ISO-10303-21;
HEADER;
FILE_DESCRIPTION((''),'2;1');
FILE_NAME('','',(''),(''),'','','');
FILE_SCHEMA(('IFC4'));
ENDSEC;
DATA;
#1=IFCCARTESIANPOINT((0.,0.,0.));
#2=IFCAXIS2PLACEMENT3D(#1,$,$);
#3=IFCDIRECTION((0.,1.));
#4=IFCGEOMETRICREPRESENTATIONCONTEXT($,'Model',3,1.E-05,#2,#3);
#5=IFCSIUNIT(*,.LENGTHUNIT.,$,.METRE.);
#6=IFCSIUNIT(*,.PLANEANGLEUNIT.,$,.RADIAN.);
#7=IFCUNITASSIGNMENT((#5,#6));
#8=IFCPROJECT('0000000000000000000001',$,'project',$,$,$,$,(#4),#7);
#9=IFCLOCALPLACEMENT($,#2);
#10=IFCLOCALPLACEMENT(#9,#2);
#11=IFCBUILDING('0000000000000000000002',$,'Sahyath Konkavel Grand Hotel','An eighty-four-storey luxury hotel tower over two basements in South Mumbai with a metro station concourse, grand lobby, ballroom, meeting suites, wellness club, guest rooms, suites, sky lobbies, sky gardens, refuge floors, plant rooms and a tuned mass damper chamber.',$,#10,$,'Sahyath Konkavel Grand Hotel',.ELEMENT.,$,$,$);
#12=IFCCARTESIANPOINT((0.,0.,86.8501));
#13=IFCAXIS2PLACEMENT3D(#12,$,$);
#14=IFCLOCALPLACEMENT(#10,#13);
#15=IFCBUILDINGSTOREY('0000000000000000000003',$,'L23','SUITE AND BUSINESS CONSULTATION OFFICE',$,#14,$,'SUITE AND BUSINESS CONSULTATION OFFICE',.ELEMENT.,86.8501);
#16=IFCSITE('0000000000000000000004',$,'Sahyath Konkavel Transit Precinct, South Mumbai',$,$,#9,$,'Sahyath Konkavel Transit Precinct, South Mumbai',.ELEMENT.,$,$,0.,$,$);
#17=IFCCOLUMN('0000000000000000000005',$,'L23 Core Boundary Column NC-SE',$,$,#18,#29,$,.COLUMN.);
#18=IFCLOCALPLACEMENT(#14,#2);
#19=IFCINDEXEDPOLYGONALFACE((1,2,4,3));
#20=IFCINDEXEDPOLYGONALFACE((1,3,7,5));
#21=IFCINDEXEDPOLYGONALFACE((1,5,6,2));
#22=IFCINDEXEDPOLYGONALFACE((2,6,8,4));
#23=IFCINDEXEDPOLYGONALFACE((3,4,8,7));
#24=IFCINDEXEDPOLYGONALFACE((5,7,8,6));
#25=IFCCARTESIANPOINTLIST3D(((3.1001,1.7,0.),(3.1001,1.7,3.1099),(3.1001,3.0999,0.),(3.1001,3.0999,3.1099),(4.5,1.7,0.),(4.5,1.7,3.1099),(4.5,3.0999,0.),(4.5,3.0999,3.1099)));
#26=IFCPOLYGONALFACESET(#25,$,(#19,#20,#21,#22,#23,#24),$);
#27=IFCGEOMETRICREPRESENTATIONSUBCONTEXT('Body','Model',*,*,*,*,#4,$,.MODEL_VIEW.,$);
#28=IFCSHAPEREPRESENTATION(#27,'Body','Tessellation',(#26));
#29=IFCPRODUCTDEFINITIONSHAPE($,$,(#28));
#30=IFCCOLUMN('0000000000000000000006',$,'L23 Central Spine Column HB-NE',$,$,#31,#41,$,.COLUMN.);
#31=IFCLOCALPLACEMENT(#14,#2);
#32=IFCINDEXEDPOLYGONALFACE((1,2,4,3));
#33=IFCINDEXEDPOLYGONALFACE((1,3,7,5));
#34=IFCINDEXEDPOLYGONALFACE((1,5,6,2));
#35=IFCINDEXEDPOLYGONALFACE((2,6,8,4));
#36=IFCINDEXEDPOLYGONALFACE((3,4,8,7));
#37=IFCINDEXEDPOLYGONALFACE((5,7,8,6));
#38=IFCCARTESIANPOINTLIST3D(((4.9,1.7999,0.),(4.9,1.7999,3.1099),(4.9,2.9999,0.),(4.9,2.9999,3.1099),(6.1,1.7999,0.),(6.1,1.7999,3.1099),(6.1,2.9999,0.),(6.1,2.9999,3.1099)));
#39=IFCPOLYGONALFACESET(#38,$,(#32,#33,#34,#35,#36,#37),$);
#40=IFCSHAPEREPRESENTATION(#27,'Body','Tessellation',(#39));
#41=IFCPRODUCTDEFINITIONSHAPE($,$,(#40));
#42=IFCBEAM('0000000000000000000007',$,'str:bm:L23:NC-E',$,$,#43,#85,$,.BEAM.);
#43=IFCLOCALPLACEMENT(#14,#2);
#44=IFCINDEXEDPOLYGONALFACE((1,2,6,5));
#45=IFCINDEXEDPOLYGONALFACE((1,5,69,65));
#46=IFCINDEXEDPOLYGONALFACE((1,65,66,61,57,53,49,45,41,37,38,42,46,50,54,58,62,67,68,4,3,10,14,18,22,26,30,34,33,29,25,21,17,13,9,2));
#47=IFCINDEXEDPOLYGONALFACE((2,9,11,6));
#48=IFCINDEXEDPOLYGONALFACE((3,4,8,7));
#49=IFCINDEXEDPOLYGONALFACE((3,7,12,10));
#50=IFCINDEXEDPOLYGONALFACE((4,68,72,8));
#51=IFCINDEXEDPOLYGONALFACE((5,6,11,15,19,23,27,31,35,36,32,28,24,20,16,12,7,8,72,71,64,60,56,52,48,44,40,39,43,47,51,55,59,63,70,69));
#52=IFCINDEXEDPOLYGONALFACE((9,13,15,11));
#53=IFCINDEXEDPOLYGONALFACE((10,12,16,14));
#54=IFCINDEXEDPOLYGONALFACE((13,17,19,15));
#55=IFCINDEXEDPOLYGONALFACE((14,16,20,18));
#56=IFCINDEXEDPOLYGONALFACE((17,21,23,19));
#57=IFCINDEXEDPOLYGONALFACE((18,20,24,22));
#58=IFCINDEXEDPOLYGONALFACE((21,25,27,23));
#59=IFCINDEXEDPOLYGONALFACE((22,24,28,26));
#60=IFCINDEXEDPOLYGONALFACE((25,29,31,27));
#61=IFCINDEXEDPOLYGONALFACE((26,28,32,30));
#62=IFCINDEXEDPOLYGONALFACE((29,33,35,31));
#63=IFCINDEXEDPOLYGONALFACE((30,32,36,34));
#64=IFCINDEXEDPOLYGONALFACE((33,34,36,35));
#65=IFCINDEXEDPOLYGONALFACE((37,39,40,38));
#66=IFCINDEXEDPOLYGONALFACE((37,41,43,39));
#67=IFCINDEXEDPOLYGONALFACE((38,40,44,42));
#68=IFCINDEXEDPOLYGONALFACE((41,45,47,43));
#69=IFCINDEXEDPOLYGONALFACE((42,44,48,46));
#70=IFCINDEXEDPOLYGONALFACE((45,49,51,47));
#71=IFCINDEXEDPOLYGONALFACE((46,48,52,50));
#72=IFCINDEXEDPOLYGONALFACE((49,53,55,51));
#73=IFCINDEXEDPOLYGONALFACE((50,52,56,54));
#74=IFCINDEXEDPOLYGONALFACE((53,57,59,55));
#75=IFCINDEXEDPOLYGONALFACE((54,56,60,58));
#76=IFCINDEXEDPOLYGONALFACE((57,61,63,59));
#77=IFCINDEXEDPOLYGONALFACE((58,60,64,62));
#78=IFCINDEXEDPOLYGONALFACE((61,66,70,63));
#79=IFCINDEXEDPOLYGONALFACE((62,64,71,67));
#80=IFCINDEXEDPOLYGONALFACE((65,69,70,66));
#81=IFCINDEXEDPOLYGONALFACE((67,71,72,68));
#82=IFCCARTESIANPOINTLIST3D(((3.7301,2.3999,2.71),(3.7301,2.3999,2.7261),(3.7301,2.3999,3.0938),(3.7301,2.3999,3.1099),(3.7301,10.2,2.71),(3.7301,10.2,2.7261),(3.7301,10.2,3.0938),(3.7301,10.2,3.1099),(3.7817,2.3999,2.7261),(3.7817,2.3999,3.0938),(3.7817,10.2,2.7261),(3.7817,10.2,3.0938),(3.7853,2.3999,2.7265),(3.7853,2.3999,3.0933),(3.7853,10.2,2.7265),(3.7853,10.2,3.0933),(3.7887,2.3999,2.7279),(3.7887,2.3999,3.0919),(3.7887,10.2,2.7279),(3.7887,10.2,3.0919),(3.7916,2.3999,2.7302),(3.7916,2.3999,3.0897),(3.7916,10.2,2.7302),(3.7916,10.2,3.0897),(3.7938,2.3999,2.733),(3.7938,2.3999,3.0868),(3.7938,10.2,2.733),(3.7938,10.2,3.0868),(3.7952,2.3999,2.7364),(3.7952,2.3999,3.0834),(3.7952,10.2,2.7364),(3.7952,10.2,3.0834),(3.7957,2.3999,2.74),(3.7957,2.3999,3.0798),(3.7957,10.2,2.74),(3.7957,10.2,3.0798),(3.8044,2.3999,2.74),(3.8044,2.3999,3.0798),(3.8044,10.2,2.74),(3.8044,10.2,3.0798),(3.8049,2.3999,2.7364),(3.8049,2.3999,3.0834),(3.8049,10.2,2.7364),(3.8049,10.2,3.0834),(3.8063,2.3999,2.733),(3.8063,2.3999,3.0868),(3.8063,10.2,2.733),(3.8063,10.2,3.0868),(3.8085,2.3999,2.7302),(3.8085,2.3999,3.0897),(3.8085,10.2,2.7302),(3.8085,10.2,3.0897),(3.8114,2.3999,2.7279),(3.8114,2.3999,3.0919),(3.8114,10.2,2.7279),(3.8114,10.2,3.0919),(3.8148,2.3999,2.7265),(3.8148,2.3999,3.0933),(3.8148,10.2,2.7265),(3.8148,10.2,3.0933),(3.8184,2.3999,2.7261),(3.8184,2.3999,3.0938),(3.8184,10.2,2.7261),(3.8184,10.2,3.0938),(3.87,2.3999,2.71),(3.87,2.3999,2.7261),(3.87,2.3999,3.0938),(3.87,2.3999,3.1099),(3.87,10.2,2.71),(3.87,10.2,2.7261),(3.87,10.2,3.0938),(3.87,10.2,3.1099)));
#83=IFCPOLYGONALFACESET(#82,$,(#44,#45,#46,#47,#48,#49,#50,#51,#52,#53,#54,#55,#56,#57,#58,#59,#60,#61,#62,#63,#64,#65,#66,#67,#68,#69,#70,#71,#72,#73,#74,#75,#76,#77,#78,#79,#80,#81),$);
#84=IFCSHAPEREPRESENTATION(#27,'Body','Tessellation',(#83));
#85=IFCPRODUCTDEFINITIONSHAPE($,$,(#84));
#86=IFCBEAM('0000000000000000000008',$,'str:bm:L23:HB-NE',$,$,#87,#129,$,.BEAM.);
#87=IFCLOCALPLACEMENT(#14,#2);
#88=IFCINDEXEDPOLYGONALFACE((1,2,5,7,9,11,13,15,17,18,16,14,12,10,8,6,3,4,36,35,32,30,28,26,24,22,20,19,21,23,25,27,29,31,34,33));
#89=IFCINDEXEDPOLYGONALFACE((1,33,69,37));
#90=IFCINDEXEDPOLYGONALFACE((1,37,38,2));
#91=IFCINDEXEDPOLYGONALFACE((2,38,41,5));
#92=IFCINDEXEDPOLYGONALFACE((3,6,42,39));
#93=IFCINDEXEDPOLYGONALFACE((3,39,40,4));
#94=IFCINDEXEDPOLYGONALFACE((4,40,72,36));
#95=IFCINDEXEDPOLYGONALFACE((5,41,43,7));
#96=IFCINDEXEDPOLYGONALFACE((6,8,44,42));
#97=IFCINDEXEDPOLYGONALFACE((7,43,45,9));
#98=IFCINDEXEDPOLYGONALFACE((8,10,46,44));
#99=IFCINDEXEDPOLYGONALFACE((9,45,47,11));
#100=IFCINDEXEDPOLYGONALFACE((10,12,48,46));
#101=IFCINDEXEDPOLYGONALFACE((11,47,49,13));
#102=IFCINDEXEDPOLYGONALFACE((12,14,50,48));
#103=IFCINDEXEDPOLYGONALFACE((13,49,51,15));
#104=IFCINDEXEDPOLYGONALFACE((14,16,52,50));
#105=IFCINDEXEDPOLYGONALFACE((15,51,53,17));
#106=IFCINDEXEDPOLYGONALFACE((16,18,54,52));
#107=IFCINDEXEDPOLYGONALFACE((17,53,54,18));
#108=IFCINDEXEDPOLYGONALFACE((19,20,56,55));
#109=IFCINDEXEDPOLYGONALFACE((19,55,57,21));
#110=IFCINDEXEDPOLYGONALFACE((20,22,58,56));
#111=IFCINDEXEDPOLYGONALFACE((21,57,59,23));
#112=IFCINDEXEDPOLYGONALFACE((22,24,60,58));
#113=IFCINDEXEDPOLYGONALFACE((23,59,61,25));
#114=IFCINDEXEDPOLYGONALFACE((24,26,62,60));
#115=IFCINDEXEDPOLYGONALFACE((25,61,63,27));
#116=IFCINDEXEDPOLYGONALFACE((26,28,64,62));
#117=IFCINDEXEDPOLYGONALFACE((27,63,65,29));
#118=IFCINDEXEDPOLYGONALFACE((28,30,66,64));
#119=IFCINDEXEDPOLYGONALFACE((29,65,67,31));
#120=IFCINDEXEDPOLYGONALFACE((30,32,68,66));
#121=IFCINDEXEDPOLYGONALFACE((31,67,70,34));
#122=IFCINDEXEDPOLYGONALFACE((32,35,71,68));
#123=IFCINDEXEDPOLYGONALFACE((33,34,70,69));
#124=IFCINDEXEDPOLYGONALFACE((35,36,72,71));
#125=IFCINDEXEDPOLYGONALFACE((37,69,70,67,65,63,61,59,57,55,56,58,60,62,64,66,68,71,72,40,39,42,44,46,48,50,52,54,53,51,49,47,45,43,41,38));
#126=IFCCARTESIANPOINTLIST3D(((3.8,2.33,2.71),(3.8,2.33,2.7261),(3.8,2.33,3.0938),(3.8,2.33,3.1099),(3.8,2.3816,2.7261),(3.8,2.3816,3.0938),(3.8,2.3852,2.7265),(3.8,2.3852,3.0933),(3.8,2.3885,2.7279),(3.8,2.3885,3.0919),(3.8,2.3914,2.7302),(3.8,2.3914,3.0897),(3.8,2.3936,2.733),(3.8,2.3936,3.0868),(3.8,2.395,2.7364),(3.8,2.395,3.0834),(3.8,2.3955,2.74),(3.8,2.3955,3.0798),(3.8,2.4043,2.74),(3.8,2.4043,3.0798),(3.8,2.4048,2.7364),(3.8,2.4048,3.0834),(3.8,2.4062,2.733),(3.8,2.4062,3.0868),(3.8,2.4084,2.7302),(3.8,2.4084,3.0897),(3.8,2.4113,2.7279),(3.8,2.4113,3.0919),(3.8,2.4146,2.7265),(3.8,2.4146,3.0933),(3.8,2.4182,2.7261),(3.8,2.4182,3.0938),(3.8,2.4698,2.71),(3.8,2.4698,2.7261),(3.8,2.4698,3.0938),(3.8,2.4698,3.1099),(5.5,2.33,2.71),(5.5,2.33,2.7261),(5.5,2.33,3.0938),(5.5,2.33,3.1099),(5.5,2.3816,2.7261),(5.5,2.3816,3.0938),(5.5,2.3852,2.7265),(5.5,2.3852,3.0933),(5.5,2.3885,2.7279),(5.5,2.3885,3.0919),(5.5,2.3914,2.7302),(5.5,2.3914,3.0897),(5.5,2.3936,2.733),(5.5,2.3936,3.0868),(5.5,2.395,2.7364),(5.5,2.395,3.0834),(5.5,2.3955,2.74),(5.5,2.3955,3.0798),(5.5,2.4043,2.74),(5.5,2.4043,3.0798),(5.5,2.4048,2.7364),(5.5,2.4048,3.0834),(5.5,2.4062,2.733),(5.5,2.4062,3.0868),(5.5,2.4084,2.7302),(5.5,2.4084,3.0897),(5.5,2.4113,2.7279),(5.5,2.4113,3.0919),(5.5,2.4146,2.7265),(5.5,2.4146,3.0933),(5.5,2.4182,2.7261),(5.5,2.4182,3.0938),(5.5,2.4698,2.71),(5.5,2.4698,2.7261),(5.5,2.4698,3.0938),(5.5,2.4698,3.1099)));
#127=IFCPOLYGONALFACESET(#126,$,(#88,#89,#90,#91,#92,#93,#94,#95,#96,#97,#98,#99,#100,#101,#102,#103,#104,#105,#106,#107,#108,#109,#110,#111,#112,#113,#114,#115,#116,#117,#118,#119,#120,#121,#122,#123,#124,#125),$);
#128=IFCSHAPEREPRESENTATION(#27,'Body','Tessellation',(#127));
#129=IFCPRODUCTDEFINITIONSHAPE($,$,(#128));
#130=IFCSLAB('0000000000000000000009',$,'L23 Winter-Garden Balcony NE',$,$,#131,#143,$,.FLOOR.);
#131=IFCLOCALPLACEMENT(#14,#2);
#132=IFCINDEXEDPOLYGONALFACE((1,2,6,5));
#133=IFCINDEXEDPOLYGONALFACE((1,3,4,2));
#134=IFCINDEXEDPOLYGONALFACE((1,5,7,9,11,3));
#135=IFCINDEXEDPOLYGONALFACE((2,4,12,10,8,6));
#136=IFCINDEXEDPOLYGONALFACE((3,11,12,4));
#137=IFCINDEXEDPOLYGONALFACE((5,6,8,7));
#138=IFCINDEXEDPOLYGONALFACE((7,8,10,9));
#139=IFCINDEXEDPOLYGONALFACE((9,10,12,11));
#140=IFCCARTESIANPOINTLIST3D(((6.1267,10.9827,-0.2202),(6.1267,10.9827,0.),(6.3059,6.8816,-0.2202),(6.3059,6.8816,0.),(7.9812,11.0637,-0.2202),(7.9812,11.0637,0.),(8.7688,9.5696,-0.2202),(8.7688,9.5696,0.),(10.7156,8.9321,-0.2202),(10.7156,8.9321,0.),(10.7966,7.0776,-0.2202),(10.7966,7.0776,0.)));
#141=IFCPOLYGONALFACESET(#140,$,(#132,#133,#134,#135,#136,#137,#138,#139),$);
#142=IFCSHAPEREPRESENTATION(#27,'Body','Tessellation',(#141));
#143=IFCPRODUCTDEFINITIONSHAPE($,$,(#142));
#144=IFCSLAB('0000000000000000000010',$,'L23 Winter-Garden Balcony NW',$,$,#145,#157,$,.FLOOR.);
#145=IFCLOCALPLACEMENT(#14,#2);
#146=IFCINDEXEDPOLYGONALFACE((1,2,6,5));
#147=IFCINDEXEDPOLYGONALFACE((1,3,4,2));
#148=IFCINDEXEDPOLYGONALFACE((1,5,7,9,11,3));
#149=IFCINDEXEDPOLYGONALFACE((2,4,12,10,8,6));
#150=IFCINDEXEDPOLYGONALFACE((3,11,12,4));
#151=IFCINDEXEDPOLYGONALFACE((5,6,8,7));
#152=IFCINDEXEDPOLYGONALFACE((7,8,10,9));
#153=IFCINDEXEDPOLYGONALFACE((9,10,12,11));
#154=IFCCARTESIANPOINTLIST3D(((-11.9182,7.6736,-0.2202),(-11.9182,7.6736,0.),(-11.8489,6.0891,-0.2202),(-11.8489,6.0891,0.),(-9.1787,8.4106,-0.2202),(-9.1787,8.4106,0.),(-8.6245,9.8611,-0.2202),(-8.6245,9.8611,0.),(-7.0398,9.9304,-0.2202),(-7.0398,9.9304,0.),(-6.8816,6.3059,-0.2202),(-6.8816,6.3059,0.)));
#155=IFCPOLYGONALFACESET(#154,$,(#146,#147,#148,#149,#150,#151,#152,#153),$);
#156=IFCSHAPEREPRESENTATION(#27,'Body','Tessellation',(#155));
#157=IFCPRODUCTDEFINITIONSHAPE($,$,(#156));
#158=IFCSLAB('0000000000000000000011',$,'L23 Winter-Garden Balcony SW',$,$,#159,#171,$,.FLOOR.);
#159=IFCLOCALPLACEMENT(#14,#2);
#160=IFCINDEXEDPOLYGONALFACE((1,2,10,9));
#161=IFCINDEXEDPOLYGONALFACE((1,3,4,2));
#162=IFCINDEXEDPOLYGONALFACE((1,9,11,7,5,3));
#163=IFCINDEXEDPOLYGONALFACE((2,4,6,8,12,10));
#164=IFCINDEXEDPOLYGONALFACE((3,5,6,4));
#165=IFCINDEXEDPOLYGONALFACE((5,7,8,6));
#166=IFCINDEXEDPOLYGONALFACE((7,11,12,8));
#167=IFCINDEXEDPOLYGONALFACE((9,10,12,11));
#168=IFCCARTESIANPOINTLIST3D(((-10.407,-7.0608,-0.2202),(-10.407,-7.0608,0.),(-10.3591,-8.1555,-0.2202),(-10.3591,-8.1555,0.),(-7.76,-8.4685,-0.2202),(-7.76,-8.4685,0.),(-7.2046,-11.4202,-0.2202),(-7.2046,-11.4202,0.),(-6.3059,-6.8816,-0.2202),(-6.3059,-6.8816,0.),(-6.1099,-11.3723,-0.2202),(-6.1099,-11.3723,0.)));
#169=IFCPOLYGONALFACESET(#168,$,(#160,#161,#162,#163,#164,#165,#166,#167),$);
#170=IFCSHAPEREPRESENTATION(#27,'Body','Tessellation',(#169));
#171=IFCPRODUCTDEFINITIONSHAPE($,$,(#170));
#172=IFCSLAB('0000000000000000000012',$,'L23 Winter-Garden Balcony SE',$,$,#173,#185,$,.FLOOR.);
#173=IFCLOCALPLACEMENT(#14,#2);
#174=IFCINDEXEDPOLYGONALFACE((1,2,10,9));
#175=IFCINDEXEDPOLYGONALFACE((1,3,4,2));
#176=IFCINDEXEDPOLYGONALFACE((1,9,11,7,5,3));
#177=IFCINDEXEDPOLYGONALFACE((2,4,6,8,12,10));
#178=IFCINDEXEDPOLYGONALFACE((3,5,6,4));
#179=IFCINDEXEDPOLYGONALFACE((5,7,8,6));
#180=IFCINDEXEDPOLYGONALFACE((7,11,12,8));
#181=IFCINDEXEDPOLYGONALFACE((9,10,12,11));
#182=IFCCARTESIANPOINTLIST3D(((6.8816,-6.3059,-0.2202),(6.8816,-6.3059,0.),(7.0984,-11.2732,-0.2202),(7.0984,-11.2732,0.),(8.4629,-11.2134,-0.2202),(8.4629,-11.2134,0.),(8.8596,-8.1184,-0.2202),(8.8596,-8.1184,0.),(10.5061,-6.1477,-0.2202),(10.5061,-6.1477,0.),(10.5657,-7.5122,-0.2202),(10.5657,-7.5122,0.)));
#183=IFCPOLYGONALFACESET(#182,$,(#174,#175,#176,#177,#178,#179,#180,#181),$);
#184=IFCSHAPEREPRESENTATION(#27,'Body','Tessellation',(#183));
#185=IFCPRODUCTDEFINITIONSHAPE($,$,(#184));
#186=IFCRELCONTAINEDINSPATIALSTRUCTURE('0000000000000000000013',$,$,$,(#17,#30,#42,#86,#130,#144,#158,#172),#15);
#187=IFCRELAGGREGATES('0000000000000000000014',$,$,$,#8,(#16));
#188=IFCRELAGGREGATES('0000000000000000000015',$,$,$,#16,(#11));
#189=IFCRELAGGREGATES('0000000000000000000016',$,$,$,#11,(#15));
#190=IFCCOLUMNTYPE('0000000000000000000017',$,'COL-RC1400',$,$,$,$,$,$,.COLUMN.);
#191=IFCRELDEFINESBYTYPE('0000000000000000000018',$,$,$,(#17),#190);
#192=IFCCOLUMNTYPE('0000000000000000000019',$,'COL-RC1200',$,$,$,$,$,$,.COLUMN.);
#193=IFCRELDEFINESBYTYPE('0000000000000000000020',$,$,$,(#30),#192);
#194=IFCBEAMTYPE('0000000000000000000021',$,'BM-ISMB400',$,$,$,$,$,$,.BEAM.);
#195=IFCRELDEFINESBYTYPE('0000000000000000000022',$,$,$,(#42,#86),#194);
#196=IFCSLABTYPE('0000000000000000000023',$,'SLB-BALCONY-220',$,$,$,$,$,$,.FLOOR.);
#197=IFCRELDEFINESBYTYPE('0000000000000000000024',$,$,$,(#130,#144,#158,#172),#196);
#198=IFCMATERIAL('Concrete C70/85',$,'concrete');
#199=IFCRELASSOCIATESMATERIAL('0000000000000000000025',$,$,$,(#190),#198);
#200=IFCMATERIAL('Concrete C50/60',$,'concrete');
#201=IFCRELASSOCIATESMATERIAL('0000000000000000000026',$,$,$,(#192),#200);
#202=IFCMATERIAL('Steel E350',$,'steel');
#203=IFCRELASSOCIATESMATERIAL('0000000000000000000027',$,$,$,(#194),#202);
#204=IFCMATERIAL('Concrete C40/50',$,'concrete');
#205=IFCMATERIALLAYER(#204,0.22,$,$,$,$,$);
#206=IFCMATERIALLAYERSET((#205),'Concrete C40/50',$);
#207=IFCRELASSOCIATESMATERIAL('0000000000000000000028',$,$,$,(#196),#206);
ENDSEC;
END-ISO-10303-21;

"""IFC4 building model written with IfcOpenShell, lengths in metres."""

from ifc_helpers import new_model, si_unit, direction, frame, origin, origin_2d, place, context, subcontext, project, spatial, polyline, rectangle, i_section, outline, extrude, source, transform, mapped, material, layer, layer_set, material_profile, profile_set, type_object, element, save


model = new_model("IFC4")

# Units and contexts
model_context = context("Model", 3, precision=1e-05, world=origin(), true_north=direction((0.0, 1.0)))
body_context = subcontext(model_context, "Body", "Model", "MODEL_VIEW")
ifc_project = project(units=[si_unit("LENGTHUNIT", "METRE"), si_unit("PLANEANGLEUNIT", "RADIAN")], contexts=[model_context])

# Site, building, storey
site_placement = place(None, origin())
site = spatial("IfcSite", under=ifc_project, at=site_placement, Name="Sahyath Konkavel Transit Precinct, South Mumbai", LongName="Sahyath Konkavel Transit Precinct, South Mumbai", CompositionType="ELEMENT", RefElevation=0.0)
building_placement = place(site_placement, origin())
building = spatial("IfcBuilding", under=site, at=building_placement, Name="Sahyath Konkavel Grand Hotel", Description="An eighty-four-storey luxury hotel tower over two basements in South Mumbai with a metro station concourse, grand lobby, ballroom, meeting suites, wellness club, guest rooms, suites, sky lobbies, sky gardens, refuge floors, plant rooms and a tuned mass damper chamber.", LongName="Sahyath Konkavel Grand Hotel", CompositionType="ELEMENT")
storey_placement = place(building_placement, frame((0.0, 0.0, 86.8501)))
storey = spatial("IfcBuildingStorey", under=building, at=storey_placement, Name="L23", Description="SUITE AND BUSINESS CONSULTATION OFFICE", LongName="SUITE AND BUSINESS CONSULTATION OFFICE", CompositionType="ELEMENT", Elevation=86.8501)

# Columns
ifc_material_1 = material(Name="Concrete C70/85", Category="concrete")
ifc_material_profile_1 = material_profile(ifc_material_1, rectangle(XDim=1.3999, YDim=1.3999, at=origin_2d()), Name="RC 1400x1400")
ifc_profile_set_1 = profile_set([ifc_material_profile_1], Name="Concrete C70/85")
column_type_1 = type_object("IfcColumnType", Name="COL-RC1400", PredefinedType="COLUMN", material=ifc_profile_set_1)
shared_shape_1 = source(origin(), body_context, "Body", "SweptSolid", [
    extrude(rectangle(XDim=1.3999, YDim=1.3999, at=origin_2d()), origin(), (0.0, 0.0, 1.0), 3.1099),
])
column_1_placement = place(storey_placement, frame((3.8, 2.3999, 0.0), z_axis=(0.0, 0.0, 1.0), x_axis=(1.0, 0.0, 0.0)))
element("IfcColumn", 1, at=column_1_placement, inside=storey, type_object=column_type_1, Name="L23 Core Boundary Column NC-SE", PredefinedType="COLUMN", context=body_context, shape_type="MappedRepresentation", body=[
    mapped(shared_shape_1, transform((0.0, 0.0, 0.0), scale=1.0)),
])
ifc_material_2 = material(Name="Concrete C50/60", Category="concrete")
ifc_material_profile_2 = material_profile(ifc_material_2, rectangle(XDim=1.2, YDim=1.2, at=origin_2d()), Name="RC 1200x1200")
ifc_profile_set_2 = profile_set([ifc_material_profile_2], Name="Concrete C50/60")
column_type_2 = type_object("IfcColumnType", Name="COL-RC1200", PredefinedType="COLUMN", material=ifc_profile_set_2)
shared_shape_2 = source(origin(), body_context, "Body", "SweptSolid", [
    extrude(rectangle(XDim=1.2, YDim=1.2, at=origin_2d()), origin(), (0.0, 0.0, 1.0), 3.1099),
])
column_2_placement = place(storey_placement, frame((5.5, 2.3999, 0.0), z_axis=(0.0, 0.0, 1.0), x_axis=(1.0, 0.0, 0.0)))
element("IfcColumn", 2, at=column_2_placement, inside=storey, type_object=column_type_2, Name="L23 Central Spine Column HB-NE", PredefinedType="COLUMN", context=body_context, shape_type="MappedRepresentation", body=[
    mapped(shared_shape_2, transform((0.0, 0.0, 0.0), scale=1.0)),
])

# Beams
ifc_material_3 = material(Name="Steel E350", Category="steel")
ifc_material_profile_3 = material_profile(ifc_material_3, i_section(OverallWidth=0.1399, OverallDepth=0.3999, WebThickness=0.0088, FlangeThickness=0.0161, FilletRadius=0.0139, at=origin_2d()), Name="ISMB 400")
ifc_profile_set_3 = profile_set([ifc_material_profile_3], Name="Steel E350")
beam_type = type_object("IfcBeamType", Name="BM-ISMB400", PredefinedType="BEAM", material=ifc_profile_set_3)
shared_shape_3 = source(origin(), body_context, "Body", "SweptSolid", [
    extrude(i_section(OverallWidth=0.1399, OverallDepth=0.3999, WebThickness=0.0088, FlangeThickness=0.0161, FilletRadius=0.0139, at=origin_2d()), origin(), (0.0, 0.0, 1.0), 7.8),
])
beam_1_placement = place(storey_placement, frame((3.8, 2.3999, 2.9099), z_axis=(0.0, 1.0, 0.0), x_axis=(-1.0, 0.0, 0.0)))
element("IfcBeam", 3, at=beam_1_placement, inside=storey, type_object=beam_type, Name="str:bm:L23:NC-E", PredefinedType="BEAM", context=body_context, shape_type="MappedRepresentation", body=[
    mapped(shared_shape_3, transform((0.0, 0.0, 0.0), scale=1.0)),
])
shared_shape_4 = source(origin(), body_context, "Body", "SweptSolid", [
    extrude(i_section(OverallWidth=0.1399, OverallDepth=0.3999, WebThickness=0.0088, FlangeThickness=0.0161, FilletRadius=0.0139, at=origin_2d()), origin(), (0.0, 0.0, 1.0), 1.7),
])
beam_2_placement = place(storey_placement, frame((3.8, 2.3999, 2.9099), z_axis=(1.0, 0.0, 0.0), x_axis=(0.0, 1.0, 0.0)))
element("IfcBeam", 4, at=beam_2_placement, inside=storey, type_object=beam_type, Name="str:bm:L23:HB-NE", PredefinedType="BEAM", context=body_context, shape_type="MappedRepresentation", body=[
    mapped(shared_shape_4, transform((0.0, 0.0, 0.0), scale=1.0)),
])

# Slabs
ifc_material_4 = material(Name="Concrete C40/50", Category="concrete")
ifc_layer_1 = layer(ifc_material_4, 0.22)
ifc_layer_set_1 = layer_set([ifc_layer_1], Name="Concrete C40/50")
slab_type_1 = type_object("IfcSlabType", Name="SLB-BALCONY-220", PredefinedType="FLOOR", material=ifc_layer_set_1)
slab_1_placement = place(storey_placement, frame((0.0, 0.0, -0.2202)))
element("IfcSlab", 5, at=slab_1_placement, inside=storey, type_object=slab_type_1, Name="L23 Winter-Garden Balcony NE", PredefinedType="FLOOR", context=body_context, shape_type="SweptSolid", body=[
    extrude(outline(polyline([(6.3059, 6.8816), (10.7966, 7.0776), (10.7156, 8.9321), (8.7688, 9.5696), (7.9812, 11.0637), (6.1267, 10.9827), (6.3059, 6.8816)])), origin(), (0.0, 0.0, 1.0), 0.2202),
])
slab_2_placement = place(storey_placement, frame((0.0, 0.0, -0.2202)))
element("IfcSlab", 6, at=slab_2_placement, inside=storey, type_object=slab_type_1, Name="L23 Winter-Garden Balcony NW", PredefinedType="FLOOR", context=body_context, shape_type="SweptSolid", body=[
    extrude(outline(polyline([(-6.8816, 6.3059), (-7.0398, 9.9304), (-8.6245, 9.8611), (-9.1787, 8.4106), (-11.9182, 7.6736), (-11.8489, 6.0891), (-6.8816, 6.3059)])), origin(), (0.0, 0.0, 1.0), 0.2202),
])
slab_3_placement = place(storey_placement, frame((0.0, 0.0, -0.2202)))
element("IfcSlab", 7, at=slab_3_placement, inside=storey, type_object=slab_type_1, Name="L23 Winter-Garden Balcony SW", PredefinedType="FLOOR", context=body_context, shape_type="SweptSolid", body=[
    extrude(outline(polyline([(-6.3059, -6.8816), (-10.407, -7.0608), (-10.3591, -8.1555), (-7.76, -8.4685), (-7.2046, -11.4202), (-6.1099, -11.3723), (-6.3059, -6.8816)])), origin(), (0.0, 0.0, 1.0), 0.2202),
])
slab_4_placement = place(storey_placement, frame((0.0, 0.0, -0.2202)))
element("IfcSlab", 8, at=slab_4_placement, inside=storey, type_object=slab_type_1, Name="L23 Winter-Garden Balcony SE", PredefinedType="FLOOR", context=body_context, shape_type="SweptSolid", body=[
    extrude(outline(polyline([(6.8816, -6.3059), (7.0984, -11.2732), (8.4629, -11.2134), (8.8596, -8.1184), (10.5657, -7.5122), (10.5061, -6.1477), (6.8816, -6.3059)])), origin(), (0.0, 0.0, 1.0), 0.2202),
])

save(model, "model.ifc")
